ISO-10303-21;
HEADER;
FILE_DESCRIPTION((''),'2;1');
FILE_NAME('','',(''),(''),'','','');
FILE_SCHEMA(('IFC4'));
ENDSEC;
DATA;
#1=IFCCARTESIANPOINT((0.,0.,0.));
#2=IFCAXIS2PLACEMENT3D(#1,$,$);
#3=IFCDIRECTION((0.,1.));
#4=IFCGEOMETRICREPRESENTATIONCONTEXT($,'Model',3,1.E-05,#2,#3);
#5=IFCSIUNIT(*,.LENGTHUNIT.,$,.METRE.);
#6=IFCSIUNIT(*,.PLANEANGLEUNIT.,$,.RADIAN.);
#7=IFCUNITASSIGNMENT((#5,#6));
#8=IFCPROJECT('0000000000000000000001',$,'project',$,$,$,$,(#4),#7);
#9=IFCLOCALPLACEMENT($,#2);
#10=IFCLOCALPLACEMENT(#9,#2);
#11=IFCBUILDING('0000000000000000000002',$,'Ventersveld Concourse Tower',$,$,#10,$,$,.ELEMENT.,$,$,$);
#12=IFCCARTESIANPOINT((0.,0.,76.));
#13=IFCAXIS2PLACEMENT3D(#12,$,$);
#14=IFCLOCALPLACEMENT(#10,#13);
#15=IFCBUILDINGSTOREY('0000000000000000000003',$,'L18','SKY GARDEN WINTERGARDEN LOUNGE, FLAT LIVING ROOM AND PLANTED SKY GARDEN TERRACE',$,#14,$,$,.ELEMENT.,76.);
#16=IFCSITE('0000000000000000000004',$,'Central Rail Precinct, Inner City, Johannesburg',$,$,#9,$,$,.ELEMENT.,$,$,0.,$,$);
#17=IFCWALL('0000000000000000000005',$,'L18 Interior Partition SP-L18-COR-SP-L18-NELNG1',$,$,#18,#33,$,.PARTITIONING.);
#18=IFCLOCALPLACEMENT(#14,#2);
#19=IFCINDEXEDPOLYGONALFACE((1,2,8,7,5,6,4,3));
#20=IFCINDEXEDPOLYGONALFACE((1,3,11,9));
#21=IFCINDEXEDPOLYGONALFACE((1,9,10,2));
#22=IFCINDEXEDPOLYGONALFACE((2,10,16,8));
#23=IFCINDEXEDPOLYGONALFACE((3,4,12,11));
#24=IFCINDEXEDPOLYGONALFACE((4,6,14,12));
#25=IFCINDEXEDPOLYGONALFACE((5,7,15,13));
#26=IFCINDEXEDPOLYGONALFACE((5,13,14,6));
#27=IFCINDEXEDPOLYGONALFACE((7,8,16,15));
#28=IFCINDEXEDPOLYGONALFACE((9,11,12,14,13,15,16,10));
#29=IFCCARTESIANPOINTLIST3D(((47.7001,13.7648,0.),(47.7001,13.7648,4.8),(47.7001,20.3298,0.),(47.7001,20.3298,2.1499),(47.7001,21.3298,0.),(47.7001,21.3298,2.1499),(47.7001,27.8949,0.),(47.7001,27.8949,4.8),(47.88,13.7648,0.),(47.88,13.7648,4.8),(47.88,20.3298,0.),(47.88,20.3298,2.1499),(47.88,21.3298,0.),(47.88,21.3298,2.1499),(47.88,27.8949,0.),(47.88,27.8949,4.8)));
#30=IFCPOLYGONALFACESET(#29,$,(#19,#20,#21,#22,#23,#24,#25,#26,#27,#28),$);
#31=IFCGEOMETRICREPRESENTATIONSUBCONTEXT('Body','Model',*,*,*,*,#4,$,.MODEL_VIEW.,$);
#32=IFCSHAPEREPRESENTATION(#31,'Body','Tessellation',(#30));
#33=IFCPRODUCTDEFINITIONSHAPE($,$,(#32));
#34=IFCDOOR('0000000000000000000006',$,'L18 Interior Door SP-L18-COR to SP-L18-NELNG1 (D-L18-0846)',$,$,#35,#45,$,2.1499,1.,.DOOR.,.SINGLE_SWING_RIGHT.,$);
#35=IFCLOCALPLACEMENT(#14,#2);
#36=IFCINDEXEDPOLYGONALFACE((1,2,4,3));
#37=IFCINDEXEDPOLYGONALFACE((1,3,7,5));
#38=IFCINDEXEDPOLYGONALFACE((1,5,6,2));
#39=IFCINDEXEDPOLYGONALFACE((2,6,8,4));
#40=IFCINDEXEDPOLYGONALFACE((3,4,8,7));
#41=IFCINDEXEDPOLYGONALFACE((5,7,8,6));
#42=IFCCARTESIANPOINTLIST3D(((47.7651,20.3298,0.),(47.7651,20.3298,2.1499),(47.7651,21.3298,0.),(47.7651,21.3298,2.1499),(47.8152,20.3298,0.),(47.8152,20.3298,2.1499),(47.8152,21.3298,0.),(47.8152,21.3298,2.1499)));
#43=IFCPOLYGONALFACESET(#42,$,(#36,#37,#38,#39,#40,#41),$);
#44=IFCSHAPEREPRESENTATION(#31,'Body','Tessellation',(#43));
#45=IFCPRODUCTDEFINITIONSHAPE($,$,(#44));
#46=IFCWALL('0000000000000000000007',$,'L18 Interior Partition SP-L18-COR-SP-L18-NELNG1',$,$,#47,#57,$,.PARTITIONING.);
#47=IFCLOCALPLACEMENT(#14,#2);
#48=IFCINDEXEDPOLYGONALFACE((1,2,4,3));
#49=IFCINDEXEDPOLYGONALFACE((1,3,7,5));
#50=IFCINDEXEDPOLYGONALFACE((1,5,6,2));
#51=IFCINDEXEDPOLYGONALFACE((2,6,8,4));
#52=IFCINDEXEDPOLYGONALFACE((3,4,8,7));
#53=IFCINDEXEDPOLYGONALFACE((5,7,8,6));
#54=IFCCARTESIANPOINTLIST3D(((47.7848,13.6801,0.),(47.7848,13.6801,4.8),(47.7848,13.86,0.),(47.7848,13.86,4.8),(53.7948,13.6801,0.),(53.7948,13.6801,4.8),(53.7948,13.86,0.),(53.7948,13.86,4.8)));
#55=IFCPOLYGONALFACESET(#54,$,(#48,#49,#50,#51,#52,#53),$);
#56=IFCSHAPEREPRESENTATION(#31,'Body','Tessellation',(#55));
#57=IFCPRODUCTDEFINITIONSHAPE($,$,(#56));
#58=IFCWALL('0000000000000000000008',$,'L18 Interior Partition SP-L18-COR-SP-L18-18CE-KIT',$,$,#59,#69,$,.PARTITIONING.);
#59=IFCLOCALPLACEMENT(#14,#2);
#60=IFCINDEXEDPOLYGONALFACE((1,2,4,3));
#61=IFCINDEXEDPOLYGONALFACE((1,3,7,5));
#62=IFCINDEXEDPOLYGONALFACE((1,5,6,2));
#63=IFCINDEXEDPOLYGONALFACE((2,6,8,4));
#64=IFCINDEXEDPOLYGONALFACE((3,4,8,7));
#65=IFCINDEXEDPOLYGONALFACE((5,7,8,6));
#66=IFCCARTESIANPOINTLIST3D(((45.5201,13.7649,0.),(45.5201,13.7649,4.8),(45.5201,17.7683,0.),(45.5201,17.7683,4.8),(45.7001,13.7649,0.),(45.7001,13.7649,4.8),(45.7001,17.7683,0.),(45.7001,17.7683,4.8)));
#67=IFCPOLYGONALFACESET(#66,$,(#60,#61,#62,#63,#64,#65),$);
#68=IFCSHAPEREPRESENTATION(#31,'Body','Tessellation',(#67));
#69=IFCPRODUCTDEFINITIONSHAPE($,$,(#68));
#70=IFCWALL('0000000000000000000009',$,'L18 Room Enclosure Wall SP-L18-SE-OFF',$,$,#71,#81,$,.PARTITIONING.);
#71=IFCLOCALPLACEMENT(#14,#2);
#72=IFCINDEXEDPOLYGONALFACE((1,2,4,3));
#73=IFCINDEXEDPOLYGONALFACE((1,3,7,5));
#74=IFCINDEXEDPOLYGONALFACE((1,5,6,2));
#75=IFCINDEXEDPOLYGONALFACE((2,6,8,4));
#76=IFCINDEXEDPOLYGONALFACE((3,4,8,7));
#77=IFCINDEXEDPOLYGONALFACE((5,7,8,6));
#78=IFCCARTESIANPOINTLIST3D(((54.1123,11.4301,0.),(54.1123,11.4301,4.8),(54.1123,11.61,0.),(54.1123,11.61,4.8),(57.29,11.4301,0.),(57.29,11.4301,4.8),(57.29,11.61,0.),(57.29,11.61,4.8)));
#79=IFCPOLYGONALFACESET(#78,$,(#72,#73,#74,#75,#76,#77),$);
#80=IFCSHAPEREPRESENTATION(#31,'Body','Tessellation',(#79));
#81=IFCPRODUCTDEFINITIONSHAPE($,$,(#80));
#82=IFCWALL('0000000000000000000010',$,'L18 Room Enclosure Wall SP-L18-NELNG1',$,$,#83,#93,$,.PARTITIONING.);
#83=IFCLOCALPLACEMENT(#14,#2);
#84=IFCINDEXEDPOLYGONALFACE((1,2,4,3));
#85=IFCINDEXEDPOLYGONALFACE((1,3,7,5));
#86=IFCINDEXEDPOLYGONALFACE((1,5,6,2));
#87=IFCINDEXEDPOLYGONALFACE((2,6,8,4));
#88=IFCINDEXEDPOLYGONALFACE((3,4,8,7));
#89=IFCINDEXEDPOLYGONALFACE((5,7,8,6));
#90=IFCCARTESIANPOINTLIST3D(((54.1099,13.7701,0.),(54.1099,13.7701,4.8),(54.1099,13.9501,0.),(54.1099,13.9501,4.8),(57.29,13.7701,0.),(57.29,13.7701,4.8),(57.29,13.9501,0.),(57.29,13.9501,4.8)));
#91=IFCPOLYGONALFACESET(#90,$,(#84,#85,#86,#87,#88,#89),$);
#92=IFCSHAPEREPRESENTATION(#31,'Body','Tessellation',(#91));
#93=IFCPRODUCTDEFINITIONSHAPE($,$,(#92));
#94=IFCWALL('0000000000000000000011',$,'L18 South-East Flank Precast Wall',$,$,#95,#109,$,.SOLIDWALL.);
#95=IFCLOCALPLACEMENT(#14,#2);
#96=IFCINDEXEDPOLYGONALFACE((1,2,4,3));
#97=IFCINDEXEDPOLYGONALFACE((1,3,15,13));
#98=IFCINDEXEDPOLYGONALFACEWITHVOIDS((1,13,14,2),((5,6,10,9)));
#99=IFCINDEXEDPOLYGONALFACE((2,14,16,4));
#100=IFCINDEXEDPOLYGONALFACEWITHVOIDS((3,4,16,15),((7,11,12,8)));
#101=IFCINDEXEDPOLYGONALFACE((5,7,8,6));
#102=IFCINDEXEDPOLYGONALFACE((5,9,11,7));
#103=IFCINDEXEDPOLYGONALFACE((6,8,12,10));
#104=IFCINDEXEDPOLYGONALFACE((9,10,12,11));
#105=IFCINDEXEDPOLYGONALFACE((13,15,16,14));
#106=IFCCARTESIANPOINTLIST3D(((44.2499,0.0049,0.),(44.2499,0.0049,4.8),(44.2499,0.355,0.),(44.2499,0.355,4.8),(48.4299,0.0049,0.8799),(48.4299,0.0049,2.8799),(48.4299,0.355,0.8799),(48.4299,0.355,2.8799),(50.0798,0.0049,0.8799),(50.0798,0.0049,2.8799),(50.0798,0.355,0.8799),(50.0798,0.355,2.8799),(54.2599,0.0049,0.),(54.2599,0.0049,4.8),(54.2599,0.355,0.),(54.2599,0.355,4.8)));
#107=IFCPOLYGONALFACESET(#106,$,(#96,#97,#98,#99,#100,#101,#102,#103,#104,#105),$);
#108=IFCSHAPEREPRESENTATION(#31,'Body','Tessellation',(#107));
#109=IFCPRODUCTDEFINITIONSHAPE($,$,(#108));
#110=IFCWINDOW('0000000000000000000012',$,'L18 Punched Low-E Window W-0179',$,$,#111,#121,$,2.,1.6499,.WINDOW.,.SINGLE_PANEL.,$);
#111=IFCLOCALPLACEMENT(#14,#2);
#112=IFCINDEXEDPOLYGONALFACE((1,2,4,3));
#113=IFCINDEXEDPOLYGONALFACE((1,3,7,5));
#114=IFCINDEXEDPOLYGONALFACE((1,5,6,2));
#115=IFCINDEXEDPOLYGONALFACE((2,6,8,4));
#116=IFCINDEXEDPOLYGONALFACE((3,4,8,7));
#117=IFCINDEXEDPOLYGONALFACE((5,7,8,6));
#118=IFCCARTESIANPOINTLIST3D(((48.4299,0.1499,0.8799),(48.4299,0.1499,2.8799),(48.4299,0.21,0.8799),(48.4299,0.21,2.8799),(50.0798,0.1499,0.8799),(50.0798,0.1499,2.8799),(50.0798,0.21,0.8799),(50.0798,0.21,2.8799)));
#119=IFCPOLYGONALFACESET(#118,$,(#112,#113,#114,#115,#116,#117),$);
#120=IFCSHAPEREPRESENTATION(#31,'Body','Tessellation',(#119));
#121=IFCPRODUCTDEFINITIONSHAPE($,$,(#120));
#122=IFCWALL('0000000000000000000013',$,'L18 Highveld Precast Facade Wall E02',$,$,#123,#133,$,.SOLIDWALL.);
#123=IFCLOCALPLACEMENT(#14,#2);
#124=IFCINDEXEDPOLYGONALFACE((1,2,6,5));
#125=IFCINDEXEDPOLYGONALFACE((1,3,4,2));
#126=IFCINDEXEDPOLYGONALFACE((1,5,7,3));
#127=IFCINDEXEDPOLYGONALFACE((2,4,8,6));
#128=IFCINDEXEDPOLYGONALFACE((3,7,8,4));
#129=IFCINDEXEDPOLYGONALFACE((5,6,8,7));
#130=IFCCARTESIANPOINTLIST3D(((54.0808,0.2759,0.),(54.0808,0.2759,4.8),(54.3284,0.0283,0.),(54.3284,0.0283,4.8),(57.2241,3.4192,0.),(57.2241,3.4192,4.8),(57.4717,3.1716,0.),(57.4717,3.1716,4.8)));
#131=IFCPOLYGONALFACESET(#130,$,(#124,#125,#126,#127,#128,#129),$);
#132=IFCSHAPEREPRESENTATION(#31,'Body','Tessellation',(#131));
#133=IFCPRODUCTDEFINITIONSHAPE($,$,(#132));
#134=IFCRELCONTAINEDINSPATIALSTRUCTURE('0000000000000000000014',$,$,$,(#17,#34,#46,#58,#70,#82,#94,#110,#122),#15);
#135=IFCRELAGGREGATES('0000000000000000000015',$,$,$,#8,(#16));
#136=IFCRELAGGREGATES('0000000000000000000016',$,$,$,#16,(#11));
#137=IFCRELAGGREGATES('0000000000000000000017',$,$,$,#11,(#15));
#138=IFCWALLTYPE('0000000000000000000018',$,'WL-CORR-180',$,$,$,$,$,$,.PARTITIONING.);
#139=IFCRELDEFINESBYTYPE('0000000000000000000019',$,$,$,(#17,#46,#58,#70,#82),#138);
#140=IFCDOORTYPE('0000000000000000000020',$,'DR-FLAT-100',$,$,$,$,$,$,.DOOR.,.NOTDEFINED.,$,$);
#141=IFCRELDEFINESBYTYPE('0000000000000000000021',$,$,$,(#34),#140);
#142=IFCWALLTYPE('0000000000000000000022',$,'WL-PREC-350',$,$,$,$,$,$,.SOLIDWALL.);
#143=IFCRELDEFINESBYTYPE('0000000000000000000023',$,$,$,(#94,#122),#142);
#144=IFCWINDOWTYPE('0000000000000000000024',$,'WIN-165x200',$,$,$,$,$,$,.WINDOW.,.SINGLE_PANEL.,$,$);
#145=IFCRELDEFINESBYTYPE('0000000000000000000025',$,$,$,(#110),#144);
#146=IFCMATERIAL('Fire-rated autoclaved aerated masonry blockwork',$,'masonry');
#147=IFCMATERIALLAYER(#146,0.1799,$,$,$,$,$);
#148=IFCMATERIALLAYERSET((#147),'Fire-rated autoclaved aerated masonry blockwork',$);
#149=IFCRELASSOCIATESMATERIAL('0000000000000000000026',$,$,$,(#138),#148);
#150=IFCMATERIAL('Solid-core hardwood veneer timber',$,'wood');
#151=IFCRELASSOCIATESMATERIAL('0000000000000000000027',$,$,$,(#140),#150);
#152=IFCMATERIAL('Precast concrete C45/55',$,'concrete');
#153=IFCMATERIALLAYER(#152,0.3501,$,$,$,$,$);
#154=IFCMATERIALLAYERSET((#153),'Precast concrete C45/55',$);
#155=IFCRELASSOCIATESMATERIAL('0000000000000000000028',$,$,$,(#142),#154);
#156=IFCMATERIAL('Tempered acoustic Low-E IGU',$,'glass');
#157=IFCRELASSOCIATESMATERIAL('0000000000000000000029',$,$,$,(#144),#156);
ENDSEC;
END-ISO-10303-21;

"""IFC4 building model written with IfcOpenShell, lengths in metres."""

from ifc_helpers import new_model, si_unit, direction, frame, frame_2d, origin, place, context, subcontext, project, spatial, rectangle, extrude, material, layer, layer_set, type_object, element, fill, save


model = new_model("IFC4")

# Units and contexts
model_context = context("Model", 3, precision=1e-05, world=origin(), true_north=direction((0.0, 1.0)))
body_context = subcontext(model_context, "Body", "Model", "MODEL_VIEW")
ifc_project = project(units=[si_unit("LENGTHUNIT", "METRE"), si_unit("PLANEANGLEUNIT", "RADIAN")], contexts=[model_context])

# Site, building, storey
site_placement = place(None, origin())
site = spatial("IfcSite", under=ifc_project, at=site_placement, Name="Central Rail Precinct, Inner City, Johannesburg", CompositionType="ELEMENT", RefElevation=0.0)
building_placement = place(site_placement, origin())
building = spatial("IfcBuilding", under=site, at=building_placement, Name="Ventersveld Concourse Tower", CompositionType="ELEMENT")
storey_placement = place(building_placement, frame((0.0, 0.0, 76.0)))
storey = spatial("IfcBuildingStorey", under=building, at=storey_placement, Name="L18", Description="SKY GARDEN WINTERGARDEN LOUNGE, FLAT LIVING ROOM AND PLANTED SKY GARDEN TERRACE", CompositionType="ELEMENT", Elevation=76.0)

# Wall, opening, door
ifc_material_1 = material(Name="Fire-rated autoclaved aerated masonry blockwork", Category="masonry")
ifc_layer_1 = layer(ifc_material_1, 0.1799)
ifc_layer_set_1 = layer_set([ifc_layer_1], Name="Fire-rated autoclaved aerated masonry blockwork")
wall_type_1 = type_object("IfcWallType", Name="WL-CORR-180", PredefinedType="PARTITIONING", material=ifc_layer_set_1)
ifc_material_2 = material(Name="Solid-core hardwood veneer timber", Category="wood")
door_type = type_object("IfcDoorType", Name="DR-FLAT-100", OperationType="NOTDEFINED", PredefinedType="DOOR", material=ifc_material_2)
wall_1_placement = place(storey_placement, frame((47.79, 13.7649, 0.0), z_axis=(0.0, 0.0, 1.0), x_axis=(0.0, 1.0, 0.0)))
wall_1 = element("IfcWall", 1, at=wall_1_placement, inside=storey, type_object=wall_type_1, Name="L18 Interior Partition SP-L18-COR-SP-L18-NELNG1", PredefinedType="PARTITIONING", context=body_context, shape_type="SweptSolid", body=[
    extrude(rectangle(XDim=14.1301, YDim=0.1799, at=frame_2d((7.0649, 0.0))), origin(), (0.0, 0.0, 1.0), 4.8),
])
opening_1_placement = place(wall_1_placement, frame((6.5649, 0.0, 0.0)))
opening_1 = element("IfcOpeningElement", 2, at=opening_1_placement, cuts=wall_1, PredefinedType="OPENING", context=body_context, shape_type="SweptSolid", body=[
    extrude(rectangle(XDim=1.0, YDim=2.1499, at=frame_2d((0.5, 1.075))), frame((0.0, 0.1001, 0.0), z_axis=(0.0, -1.0, 0.0), x_axis=(1.0, 0.0, 0.0)), (0.0, 0.0, 1.0), 0.2),
])
door_1_placement = place(opening_1_placement, origin())
door_1 = element("IfcDoor", 3, at=door_1_placement, inside=storey, type_object=door_type, Name="L18 Interior Door SP-L18-COR to SP-L18-NELNG1 (D-L18-0846)", OperationType="SINGLE_SWING_RIGHT", OverallHeight=2.1499, OverallWidth=1.0, PredefinedType="DOOR", context=body_context, shape_type="SweptSolid", body=[
    extrude(rectangle(XDim=1.0, YDim=2.1499, at=frame_2d((0.5, 1.075))), frame((0.0, 0.0249, 0.0), z_axis=(0.0, -1.0, 0.0), x_axis=(1.0, 0.0, 0.0)), (0.0, 0.0, 1.0), 0.05),
])
fill(opening_1, door_1)

# Walls
wall_2_placement = place(storey_placement, frame((47.7849, 13.77, 0.0), z_axis=(0.0, 0.0, 1.0), x_axis=(1.0, 0.0, 0.0)))
element("IfcWall", 4, at=wall_2_placement, inside=storey, type_object=wall_type_1, Name="L18 Interior Partition SP-L18-COR-SP-L18-NELNG1", PredefinedType="PARTITIONING", context=body_context, shape_type="SweptSolid", body=[
    extrude(rectangle(XDim=6.01, YDim=0.1799, at=frame_2d((3.0049, 0.0))), origin(), (0.0, 0.0, 1.0), 4.8),
])
wall_3_placement = place(storey_placement, frame((45.6101, 13.7649, 0.0), z_axis=(0.0, 0.0, 1.0), x_axis=(0.0, 1.0, 0.0)))
element("IfcWall", 5, at=wall_3_placement, inside=storey, type_object=wall_type_1, Name="L18 Interior Partition SP-L18-COR-SP-L18-18CE-KIT", PredefinedType="PARTITIONING", context=body_context, shape_type="SweptSolid", body=[
    extrude(rectangle(XDim=4.0034, YDim=0.1799, at=frame_2d((2.0017, 0.0))), origin(), (0.0, 0.0, 1.0), 4.8),
])
wall_4_placement = place(storey_placement, frame((54.1123, 11.52, 0.0), z_axis=(0.0, 0.0, 1.0), x_axis=(1.0, 0.0, 0.0)))
element("IfcWall", 6, at=wall_4_placement, inside=storey, type_object=wall_type_1, Name="L18 Room Enclosure Wall SP-L18-SE-OFF", PredefinedType="PARTITIONING", context=body_context, shape_type="SweptSolid", body=[
    extrude(rectangle(XDim=3.1777, YDim=0.1799, at=frame_2d((1.5889, 0.0))), origin(), (0.0, 0.0, 1.0), 4.8),
])
wall_5_placement = place(storey_placement, frame((57.29, 13.8601, 0.0), z_axis=(0.0, 0.0, 1.0), x_axis=(-1.0, 0.0, 0.0)))
element("IfcWall", 7, at=wall_5_placement, inside=storey, type_object=wall_type_1, Name="L18 Room Enclosure Wall SP-L18-NELNG1", PredefinedType="PARTITIONING", context=body_context, shape_type="SweptSolid", body=[
    extrude(rectangle(XDim=3.1802, YDim=0.1799, at=frame_2d((1.5901, 0.0))), origin(), (0.0, 0.0, 1.0), 4.8),
])

# Wall, opening, window
ifc_material_3 = material(Name="Precast concrete C45/55", Category="concrete")
ifc_layer_2 = layer(ifc_material_3, 0.3501)
ifc_layer_set_2 = layer_set([ifc_layer_2], Name="Precast concrete C45/55")
wall_type_2 = type_object("IfcWallType", Name="WL-PREC-350", PredefinedType="SOLIDWALL", material=ifc_layer_set_2)
wall_6_placement = place(storey_placement, frame((44.25, 0.1799, 0.0), z_axis=(0.0, 0.0, 1.0), x_axis=(1.0, 0.0, 0.0)))
wall_6 = element("IfcWall", 8, at=wall_6_placement, inside=storey, type_object=wall_type_2, Name="L18 South-East Flank Precast Wall", PredefinedType="SOLIDWALL", context=body_context, shape_type="SweptSolid", body=[
    extrude(rectangle(XDim=10.01, YDim=0.3501, at=frame_2d((5.0049, 0.0))), origin(), (0.0, 0.0, 1.0), 4.8),
])
opening_2_placement = place(wall_6_placement, frame((4.1799, 0.0, 0.8799)))
opening_2 = element("IfcOpeningElement", 9, at=opening_2_placement, cuts=wall_6, PredefinedType="OPENING", context=body_context, shape_type="SweptSolid", body=[
    extrude(rectangle(XDim=1.6499, YDim=2.0, at=frame_2d((0.825, 1.0))), frame((0.0, 0.1851, 0.0), z_axis=(0.0, -1.0, 0.0), x_axis=(1.0, 0.0, 0.0)), (0.0, 0.0, 1.0), 0.3701),
])
ifc_material_4 = material(Name="Tempered acoustic Low-E IGU", Category="glass")
window_type_1 = type_object("IfcWindowType", Name="WIN-165x200", PartitioningType="SINGLE_PANEL", PredefinedType="WINDOW", material=ifc_material_4)
window_1_placement = place(opening_2_placement, origin())
window_1 = element("IfcWindow", 10, at=window_1_placement, inside=storey, type_object=window_type_1, Name="L18 Punched Low-E Window W-0179", OverallHeight=2.0, OverallWidth=1.6499, PartitioningType="SINGLE_PANEL", PredefinedType="WINDOW", context=body_context, shape_type="SweptSolid", body=[
    extrude(rectangle(XDim=1.6499, YDim=2.0, at=frame_2d((0.825, 1.0))), frame((0.0, 0.03, 0.0), z_axis=(0.0, -1.0, 0.0), x_axis=(1.0, 0.0, 0.0)), (0.0, 0.0, 1.0), 0.0601),
])
fill(opening_2, window_1)

# Wall
wall_7_placement = place(storey_placement, frame((54.2046, 0.1521, 0.0), z_axis=(0.0, 0.0, 1.0), x_axis=(0.707107, 0.707107, 0.0)))
element("IfcWall", 11, at=wall_7_placement, inside=storey, type_object=wall_type_2, Name="L18 Highveld Precast Facade Wall E02", PredefinedType="SOLIDWALL", context=body_context, shape_type="SweptSolid", body=[
    extrude(rectangle(XDim=4.4453, YDim=0.3501, at=frame_2d((2.2227, 0.0))), origin(), (0.0, 0.0, 1.0), 4.8),
])

save(model, "model.ifc")
